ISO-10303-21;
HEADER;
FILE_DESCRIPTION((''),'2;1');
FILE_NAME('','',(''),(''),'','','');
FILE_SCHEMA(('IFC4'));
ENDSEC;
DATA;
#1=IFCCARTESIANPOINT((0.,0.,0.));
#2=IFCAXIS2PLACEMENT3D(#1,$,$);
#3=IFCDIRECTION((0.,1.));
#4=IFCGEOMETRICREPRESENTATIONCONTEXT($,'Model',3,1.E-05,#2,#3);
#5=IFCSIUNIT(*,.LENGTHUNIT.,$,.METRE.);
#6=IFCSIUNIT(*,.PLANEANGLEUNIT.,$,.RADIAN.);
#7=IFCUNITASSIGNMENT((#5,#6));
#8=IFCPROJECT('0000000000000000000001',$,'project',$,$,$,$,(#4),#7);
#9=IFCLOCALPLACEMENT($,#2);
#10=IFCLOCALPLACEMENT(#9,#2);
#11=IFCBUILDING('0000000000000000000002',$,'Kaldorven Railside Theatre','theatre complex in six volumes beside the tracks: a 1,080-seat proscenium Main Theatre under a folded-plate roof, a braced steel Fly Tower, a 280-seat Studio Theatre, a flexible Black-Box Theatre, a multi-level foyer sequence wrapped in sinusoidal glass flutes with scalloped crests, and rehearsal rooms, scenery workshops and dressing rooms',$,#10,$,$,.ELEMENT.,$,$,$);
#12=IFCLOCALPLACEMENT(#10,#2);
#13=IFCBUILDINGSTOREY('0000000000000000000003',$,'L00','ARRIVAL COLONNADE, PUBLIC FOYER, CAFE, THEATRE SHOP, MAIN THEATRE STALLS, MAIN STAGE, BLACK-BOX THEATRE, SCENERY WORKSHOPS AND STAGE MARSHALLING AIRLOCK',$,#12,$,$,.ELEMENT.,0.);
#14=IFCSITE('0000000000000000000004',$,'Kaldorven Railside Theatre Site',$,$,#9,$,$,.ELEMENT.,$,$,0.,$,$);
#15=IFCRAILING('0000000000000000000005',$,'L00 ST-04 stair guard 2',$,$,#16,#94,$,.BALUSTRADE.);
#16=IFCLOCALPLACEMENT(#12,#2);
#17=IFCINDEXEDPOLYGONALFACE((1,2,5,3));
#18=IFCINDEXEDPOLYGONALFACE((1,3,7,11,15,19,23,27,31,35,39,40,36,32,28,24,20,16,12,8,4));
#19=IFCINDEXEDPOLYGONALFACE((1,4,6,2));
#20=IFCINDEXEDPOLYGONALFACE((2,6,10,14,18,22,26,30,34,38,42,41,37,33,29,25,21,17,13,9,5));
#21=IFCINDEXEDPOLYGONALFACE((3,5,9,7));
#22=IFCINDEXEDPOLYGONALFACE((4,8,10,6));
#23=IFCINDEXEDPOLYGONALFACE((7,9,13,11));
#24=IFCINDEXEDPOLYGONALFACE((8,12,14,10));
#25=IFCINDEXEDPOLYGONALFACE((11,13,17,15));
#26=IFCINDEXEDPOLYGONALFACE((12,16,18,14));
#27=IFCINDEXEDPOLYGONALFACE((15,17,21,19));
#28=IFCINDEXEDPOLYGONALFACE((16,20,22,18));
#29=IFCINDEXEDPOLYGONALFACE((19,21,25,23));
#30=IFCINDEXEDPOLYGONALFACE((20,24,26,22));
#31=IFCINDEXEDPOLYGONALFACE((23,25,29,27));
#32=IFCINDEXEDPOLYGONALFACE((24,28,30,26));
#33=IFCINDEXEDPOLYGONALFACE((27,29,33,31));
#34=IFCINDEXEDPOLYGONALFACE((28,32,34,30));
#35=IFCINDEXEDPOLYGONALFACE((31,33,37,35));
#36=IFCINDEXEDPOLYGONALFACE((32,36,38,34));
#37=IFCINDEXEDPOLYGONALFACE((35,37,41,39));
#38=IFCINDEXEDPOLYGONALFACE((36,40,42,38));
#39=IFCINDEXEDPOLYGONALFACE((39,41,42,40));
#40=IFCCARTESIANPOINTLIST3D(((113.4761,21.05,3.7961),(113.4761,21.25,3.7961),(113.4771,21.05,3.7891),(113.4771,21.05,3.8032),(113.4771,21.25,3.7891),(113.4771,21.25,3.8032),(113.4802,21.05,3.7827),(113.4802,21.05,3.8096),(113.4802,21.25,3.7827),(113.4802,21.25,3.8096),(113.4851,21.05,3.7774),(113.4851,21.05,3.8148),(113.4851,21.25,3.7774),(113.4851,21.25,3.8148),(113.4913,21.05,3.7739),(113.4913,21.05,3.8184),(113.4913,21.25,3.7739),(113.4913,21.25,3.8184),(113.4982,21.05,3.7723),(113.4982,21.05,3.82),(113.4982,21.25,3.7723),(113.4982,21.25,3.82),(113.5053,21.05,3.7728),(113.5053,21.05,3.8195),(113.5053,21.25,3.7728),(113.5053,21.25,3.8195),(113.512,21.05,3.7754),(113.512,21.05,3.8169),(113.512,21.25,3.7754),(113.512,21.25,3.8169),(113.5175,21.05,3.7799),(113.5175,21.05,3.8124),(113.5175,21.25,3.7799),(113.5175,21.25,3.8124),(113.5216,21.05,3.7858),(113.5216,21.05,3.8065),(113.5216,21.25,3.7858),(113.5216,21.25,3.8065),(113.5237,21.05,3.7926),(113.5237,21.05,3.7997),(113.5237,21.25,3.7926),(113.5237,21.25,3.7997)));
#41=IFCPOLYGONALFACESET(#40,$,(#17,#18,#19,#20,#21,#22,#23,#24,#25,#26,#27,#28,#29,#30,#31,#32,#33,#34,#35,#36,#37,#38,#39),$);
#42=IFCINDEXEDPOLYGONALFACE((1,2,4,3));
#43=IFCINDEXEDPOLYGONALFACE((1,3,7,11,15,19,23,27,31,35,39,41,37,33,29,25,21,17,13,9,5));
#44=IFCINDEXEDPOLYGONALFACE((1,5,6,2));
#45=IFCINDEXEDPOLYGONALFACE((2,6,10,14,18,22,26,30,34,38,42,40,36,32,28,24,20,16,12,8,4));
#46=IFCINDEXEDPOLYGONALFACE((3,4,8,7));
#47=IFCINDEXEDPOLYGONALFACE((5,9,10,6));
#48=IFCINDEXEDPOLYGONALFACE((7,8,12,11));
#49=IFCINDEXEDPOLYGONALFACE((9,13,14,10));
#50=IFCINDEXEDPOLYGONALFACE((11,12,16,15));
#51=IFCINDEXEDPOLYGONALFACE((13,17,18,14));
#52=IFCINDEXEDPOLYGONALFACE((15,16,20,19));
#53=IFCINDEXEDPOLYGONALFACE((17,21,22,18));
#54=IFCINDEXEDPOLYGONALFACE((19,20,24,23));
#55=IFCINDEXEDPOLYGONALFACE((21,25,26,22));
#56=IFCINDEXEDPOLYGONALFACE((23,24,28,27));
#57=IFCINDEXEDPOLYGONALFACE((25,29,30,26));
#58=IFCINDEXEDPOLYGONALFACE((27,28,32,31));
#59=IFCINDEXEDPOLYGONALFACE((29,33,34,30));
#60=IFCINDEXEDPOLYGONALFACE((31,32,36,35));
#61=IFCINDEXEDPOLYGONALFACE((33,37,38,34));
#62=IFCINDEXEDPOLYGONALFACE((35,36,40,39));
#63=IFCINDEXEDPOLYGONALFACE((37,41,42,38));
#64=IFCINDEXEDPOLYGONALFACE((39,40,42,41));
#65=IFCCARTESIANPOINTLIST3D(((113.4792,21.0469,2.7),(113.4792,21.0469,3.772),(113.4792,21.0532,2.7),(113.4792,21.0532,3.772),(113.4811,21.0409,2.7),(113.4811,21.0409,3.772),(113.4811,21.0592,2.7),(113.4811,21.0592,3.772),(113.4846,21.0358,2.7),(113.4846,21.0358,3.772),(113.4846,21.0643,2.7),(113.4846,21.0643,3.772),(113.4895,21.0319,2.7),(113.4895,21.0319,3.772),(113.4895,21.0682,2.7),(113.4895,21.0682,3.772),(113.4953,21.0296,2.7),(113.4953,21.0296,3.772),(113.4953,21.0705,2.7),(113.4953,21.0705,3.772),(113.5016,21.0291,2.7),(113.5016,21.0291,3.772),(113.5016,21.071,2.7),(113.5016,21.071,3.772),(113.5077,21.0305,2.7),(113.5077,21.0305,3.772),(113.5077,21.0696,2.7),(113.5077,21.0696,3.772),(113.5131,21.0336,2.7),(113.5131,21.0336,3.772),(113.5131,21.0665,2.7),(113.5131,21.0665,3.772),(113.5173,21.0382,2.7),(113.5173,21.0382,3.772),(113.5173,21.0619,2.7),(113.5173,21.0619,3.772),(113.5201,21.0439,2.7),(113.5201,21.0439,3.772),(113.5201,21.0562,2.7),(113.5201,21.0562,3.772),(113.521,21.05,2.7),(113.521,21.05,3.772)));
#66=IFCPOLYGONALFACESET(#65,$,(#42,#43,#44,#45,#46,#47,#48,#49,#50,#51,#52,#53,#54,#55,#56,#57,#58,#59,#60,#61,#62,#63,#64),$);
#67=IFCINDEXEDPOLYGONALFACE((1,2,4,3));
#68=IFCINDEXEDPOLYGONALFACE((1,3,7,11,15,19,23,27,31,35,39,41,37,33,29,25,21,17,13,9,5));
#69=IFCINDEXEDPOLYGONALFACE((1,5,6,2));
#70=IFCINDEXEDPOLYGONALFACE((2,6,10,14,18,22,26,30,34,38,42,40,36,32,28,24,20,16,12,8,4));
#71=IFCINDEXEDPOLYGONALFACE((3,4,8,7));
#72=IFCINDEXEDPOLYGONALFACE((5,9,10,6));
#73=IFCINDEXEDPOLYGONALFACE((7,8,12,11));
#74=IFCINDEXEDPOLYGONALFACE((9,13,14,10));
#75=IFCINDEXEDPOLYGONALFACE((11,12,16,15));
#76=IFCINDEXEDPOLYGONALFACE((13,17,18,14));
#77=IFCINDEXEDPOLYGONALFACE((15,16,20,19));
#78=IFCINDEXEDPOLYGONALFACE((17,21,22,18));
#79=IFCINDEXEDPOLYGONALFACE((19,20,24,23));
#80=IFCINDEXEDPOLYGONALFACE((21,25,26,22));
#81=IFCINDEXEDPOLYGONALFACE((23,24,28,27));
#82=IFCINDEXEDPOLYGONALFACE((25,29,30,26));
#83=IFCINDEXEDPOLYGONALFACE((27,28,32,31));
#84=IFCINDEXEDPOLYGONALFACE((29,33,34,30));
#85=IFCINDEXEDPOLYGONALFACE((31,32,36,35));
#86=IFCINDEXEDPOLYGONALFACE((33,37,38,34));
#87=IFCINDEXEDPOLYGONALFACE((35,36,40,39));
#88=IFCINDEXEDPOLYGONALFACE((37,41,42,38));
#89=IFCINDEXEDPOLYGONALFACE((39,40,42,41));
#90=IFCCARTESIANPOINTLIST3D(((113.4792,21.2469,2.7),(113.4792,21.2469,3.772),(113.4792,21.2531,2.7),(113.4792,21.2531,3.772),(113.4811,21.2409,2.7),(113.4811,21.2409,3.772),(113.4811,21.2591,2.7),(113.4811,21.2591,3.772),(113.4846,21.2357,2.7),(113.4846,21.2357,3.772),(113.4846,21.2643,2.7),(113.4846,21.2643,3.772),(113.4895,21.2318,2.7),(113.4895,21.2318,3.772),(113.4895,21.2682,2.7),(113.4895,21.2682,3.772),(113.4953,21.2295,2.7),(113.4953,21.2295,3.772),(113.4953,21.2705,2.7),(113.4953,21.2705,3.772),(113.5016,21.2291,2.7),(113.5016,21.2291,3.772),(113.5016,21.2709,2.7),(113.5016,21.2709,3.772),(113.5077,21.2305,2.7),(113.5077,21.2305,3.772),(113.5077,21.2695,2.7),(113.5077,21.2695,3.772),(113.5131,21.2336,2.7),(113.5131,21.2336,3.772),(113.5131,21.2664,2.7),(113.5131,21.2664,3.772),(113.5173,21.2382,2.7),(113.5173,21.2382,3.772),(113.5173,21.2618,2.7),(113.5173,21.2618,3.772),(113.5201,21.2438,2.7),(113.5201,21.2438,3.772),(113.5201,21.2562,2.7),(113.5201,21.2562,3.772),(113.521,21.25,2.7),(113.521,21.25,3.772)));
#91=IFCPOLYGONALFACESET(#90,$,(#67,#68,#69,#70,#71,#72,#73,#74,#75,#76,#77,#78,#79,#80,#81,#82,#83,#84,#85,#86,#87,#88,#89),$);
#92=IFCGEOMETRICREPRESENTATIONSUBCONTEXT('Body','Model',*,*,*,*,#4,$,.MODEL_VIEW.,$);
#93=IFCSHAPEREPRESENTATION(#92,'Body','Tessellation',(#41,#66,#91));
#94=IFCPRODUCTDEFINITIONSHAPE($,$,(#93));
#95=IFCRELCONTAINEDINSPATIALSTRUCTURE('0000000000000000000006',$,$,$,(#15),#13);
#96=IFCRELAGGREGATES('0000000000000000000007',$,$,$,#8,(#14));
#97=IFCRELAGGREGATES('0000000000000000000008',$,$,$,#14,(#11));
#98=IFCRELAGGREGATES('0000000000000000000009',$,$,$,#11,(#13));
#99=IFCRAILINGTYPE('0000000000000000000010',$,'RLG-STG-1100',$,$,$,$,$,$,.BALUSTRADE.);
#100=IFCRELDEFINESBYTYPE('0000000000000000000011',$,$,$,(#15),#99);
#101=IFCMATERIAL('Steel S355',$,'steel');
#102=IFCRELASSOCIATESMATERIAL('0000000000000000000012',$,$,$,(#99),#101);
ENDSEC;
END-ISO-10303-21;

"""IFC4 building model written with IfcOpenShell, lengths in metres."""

from ifc_helpers import new_model, si_unit, direction, frame, origin, origin_2d, place, context, subcontext, project, spatial, circle, extrude, material, type_object, element, save


model = new_model("IFC4")

# Units and contexts
model_context = context("Model", 3, precision=1e-05, world=origin(), true_north=direction((0.0, 1.0)))
body_context = subcontext(model_context, "Body", "Model", "MODEL_VIEW")
ifc_project = project(units=[si_unit("LENGTHUNIT", "METRE"), si_unit("PLANEANGLEUNIT", "RADIAN")], contexts=[model_context])

# Site, building, storey
site_placement = place(None, origin())
site = spatial("IfcSite", under=ifc_project, at=site_placement, Name="Kaldorven Railside Theatre Site", CompositionType="ELEMENT", RefElevation=0.0)
building_placement = place(site_placement, origin())
building = spatial("IfcBuilding", under=site, at=building_placement, Name="Kaldorven Railside Theatre", Description="theatre complex in six volumes beside the tracks: a 1,080-seat proscenium Main Theatre under a folded-plate roof, a braced steel Fly Tower, a 280-seat Studio Theatre, a flexible Black-Box Theatre, a multi-level foyer sequence wrapped in sinusoidal glass flutes with scalloped crests, and rehearsal rooms, scenery workshops and dressing rooms", CompositionType="ELEMENT")
storey_placement = place(building_placement, origin())
storey = spatial("IfcBuildingStorey", under=building, at=storey_placement, Name="L00", Description="ARRIVAL COLONNADE, PUBLIC FOYER, CAFE, THEATRE SHOP, MAIN THEATRE STALLS, MAIN STAGE, BLACK-BOX THEATRE, SCENERY WORKSHOPS AND STAGE MARSHALLING AIRLOCK", CompositionType="ELEMENT", Elevation=0.0)

# Shared definitions
ifc_material_1 = material(Name="Steel S355", Category="steel")

# Railing
railing_type_1 = type_object("IfcRailingType", Name="RLG-STG-1100", PredefinedType="BALUSTRADE", material=ifc_material_1)
railing_1_placement = place(storey_placement, frame((113.5, 21.05, 2.7)))
element("IfcRailing", 1, at=railing_1_placement, inside=storey, type_object=railing_type_1, Name="L00 ST-04 stair guard 2", PredefinedType="BALUSTRADE", context=body_context, shape_type="SweptSolid", body=[
    extrude(circle(Radius=0.0239, at=origin_2d()), frame((0.0, 0.0, 1.0962), z_axis=(0.0, 1.0, 0.0), x_axis=(-1.0, 0.0, 0.0)), (0.0, 0.0, 1.0), 0.2),
    extrude(circle(Radius=0.021, at=origin_2d()), origin(), (0.0, 0.0, 1.0), 1.072),
    extrude(circle(Radius=0.021, at=origin_2d()), frame((0.0, 0.2, 0.0)), (0.0, 0.0, 1.0), 1.072),
])

save(model, "model.ifc")
